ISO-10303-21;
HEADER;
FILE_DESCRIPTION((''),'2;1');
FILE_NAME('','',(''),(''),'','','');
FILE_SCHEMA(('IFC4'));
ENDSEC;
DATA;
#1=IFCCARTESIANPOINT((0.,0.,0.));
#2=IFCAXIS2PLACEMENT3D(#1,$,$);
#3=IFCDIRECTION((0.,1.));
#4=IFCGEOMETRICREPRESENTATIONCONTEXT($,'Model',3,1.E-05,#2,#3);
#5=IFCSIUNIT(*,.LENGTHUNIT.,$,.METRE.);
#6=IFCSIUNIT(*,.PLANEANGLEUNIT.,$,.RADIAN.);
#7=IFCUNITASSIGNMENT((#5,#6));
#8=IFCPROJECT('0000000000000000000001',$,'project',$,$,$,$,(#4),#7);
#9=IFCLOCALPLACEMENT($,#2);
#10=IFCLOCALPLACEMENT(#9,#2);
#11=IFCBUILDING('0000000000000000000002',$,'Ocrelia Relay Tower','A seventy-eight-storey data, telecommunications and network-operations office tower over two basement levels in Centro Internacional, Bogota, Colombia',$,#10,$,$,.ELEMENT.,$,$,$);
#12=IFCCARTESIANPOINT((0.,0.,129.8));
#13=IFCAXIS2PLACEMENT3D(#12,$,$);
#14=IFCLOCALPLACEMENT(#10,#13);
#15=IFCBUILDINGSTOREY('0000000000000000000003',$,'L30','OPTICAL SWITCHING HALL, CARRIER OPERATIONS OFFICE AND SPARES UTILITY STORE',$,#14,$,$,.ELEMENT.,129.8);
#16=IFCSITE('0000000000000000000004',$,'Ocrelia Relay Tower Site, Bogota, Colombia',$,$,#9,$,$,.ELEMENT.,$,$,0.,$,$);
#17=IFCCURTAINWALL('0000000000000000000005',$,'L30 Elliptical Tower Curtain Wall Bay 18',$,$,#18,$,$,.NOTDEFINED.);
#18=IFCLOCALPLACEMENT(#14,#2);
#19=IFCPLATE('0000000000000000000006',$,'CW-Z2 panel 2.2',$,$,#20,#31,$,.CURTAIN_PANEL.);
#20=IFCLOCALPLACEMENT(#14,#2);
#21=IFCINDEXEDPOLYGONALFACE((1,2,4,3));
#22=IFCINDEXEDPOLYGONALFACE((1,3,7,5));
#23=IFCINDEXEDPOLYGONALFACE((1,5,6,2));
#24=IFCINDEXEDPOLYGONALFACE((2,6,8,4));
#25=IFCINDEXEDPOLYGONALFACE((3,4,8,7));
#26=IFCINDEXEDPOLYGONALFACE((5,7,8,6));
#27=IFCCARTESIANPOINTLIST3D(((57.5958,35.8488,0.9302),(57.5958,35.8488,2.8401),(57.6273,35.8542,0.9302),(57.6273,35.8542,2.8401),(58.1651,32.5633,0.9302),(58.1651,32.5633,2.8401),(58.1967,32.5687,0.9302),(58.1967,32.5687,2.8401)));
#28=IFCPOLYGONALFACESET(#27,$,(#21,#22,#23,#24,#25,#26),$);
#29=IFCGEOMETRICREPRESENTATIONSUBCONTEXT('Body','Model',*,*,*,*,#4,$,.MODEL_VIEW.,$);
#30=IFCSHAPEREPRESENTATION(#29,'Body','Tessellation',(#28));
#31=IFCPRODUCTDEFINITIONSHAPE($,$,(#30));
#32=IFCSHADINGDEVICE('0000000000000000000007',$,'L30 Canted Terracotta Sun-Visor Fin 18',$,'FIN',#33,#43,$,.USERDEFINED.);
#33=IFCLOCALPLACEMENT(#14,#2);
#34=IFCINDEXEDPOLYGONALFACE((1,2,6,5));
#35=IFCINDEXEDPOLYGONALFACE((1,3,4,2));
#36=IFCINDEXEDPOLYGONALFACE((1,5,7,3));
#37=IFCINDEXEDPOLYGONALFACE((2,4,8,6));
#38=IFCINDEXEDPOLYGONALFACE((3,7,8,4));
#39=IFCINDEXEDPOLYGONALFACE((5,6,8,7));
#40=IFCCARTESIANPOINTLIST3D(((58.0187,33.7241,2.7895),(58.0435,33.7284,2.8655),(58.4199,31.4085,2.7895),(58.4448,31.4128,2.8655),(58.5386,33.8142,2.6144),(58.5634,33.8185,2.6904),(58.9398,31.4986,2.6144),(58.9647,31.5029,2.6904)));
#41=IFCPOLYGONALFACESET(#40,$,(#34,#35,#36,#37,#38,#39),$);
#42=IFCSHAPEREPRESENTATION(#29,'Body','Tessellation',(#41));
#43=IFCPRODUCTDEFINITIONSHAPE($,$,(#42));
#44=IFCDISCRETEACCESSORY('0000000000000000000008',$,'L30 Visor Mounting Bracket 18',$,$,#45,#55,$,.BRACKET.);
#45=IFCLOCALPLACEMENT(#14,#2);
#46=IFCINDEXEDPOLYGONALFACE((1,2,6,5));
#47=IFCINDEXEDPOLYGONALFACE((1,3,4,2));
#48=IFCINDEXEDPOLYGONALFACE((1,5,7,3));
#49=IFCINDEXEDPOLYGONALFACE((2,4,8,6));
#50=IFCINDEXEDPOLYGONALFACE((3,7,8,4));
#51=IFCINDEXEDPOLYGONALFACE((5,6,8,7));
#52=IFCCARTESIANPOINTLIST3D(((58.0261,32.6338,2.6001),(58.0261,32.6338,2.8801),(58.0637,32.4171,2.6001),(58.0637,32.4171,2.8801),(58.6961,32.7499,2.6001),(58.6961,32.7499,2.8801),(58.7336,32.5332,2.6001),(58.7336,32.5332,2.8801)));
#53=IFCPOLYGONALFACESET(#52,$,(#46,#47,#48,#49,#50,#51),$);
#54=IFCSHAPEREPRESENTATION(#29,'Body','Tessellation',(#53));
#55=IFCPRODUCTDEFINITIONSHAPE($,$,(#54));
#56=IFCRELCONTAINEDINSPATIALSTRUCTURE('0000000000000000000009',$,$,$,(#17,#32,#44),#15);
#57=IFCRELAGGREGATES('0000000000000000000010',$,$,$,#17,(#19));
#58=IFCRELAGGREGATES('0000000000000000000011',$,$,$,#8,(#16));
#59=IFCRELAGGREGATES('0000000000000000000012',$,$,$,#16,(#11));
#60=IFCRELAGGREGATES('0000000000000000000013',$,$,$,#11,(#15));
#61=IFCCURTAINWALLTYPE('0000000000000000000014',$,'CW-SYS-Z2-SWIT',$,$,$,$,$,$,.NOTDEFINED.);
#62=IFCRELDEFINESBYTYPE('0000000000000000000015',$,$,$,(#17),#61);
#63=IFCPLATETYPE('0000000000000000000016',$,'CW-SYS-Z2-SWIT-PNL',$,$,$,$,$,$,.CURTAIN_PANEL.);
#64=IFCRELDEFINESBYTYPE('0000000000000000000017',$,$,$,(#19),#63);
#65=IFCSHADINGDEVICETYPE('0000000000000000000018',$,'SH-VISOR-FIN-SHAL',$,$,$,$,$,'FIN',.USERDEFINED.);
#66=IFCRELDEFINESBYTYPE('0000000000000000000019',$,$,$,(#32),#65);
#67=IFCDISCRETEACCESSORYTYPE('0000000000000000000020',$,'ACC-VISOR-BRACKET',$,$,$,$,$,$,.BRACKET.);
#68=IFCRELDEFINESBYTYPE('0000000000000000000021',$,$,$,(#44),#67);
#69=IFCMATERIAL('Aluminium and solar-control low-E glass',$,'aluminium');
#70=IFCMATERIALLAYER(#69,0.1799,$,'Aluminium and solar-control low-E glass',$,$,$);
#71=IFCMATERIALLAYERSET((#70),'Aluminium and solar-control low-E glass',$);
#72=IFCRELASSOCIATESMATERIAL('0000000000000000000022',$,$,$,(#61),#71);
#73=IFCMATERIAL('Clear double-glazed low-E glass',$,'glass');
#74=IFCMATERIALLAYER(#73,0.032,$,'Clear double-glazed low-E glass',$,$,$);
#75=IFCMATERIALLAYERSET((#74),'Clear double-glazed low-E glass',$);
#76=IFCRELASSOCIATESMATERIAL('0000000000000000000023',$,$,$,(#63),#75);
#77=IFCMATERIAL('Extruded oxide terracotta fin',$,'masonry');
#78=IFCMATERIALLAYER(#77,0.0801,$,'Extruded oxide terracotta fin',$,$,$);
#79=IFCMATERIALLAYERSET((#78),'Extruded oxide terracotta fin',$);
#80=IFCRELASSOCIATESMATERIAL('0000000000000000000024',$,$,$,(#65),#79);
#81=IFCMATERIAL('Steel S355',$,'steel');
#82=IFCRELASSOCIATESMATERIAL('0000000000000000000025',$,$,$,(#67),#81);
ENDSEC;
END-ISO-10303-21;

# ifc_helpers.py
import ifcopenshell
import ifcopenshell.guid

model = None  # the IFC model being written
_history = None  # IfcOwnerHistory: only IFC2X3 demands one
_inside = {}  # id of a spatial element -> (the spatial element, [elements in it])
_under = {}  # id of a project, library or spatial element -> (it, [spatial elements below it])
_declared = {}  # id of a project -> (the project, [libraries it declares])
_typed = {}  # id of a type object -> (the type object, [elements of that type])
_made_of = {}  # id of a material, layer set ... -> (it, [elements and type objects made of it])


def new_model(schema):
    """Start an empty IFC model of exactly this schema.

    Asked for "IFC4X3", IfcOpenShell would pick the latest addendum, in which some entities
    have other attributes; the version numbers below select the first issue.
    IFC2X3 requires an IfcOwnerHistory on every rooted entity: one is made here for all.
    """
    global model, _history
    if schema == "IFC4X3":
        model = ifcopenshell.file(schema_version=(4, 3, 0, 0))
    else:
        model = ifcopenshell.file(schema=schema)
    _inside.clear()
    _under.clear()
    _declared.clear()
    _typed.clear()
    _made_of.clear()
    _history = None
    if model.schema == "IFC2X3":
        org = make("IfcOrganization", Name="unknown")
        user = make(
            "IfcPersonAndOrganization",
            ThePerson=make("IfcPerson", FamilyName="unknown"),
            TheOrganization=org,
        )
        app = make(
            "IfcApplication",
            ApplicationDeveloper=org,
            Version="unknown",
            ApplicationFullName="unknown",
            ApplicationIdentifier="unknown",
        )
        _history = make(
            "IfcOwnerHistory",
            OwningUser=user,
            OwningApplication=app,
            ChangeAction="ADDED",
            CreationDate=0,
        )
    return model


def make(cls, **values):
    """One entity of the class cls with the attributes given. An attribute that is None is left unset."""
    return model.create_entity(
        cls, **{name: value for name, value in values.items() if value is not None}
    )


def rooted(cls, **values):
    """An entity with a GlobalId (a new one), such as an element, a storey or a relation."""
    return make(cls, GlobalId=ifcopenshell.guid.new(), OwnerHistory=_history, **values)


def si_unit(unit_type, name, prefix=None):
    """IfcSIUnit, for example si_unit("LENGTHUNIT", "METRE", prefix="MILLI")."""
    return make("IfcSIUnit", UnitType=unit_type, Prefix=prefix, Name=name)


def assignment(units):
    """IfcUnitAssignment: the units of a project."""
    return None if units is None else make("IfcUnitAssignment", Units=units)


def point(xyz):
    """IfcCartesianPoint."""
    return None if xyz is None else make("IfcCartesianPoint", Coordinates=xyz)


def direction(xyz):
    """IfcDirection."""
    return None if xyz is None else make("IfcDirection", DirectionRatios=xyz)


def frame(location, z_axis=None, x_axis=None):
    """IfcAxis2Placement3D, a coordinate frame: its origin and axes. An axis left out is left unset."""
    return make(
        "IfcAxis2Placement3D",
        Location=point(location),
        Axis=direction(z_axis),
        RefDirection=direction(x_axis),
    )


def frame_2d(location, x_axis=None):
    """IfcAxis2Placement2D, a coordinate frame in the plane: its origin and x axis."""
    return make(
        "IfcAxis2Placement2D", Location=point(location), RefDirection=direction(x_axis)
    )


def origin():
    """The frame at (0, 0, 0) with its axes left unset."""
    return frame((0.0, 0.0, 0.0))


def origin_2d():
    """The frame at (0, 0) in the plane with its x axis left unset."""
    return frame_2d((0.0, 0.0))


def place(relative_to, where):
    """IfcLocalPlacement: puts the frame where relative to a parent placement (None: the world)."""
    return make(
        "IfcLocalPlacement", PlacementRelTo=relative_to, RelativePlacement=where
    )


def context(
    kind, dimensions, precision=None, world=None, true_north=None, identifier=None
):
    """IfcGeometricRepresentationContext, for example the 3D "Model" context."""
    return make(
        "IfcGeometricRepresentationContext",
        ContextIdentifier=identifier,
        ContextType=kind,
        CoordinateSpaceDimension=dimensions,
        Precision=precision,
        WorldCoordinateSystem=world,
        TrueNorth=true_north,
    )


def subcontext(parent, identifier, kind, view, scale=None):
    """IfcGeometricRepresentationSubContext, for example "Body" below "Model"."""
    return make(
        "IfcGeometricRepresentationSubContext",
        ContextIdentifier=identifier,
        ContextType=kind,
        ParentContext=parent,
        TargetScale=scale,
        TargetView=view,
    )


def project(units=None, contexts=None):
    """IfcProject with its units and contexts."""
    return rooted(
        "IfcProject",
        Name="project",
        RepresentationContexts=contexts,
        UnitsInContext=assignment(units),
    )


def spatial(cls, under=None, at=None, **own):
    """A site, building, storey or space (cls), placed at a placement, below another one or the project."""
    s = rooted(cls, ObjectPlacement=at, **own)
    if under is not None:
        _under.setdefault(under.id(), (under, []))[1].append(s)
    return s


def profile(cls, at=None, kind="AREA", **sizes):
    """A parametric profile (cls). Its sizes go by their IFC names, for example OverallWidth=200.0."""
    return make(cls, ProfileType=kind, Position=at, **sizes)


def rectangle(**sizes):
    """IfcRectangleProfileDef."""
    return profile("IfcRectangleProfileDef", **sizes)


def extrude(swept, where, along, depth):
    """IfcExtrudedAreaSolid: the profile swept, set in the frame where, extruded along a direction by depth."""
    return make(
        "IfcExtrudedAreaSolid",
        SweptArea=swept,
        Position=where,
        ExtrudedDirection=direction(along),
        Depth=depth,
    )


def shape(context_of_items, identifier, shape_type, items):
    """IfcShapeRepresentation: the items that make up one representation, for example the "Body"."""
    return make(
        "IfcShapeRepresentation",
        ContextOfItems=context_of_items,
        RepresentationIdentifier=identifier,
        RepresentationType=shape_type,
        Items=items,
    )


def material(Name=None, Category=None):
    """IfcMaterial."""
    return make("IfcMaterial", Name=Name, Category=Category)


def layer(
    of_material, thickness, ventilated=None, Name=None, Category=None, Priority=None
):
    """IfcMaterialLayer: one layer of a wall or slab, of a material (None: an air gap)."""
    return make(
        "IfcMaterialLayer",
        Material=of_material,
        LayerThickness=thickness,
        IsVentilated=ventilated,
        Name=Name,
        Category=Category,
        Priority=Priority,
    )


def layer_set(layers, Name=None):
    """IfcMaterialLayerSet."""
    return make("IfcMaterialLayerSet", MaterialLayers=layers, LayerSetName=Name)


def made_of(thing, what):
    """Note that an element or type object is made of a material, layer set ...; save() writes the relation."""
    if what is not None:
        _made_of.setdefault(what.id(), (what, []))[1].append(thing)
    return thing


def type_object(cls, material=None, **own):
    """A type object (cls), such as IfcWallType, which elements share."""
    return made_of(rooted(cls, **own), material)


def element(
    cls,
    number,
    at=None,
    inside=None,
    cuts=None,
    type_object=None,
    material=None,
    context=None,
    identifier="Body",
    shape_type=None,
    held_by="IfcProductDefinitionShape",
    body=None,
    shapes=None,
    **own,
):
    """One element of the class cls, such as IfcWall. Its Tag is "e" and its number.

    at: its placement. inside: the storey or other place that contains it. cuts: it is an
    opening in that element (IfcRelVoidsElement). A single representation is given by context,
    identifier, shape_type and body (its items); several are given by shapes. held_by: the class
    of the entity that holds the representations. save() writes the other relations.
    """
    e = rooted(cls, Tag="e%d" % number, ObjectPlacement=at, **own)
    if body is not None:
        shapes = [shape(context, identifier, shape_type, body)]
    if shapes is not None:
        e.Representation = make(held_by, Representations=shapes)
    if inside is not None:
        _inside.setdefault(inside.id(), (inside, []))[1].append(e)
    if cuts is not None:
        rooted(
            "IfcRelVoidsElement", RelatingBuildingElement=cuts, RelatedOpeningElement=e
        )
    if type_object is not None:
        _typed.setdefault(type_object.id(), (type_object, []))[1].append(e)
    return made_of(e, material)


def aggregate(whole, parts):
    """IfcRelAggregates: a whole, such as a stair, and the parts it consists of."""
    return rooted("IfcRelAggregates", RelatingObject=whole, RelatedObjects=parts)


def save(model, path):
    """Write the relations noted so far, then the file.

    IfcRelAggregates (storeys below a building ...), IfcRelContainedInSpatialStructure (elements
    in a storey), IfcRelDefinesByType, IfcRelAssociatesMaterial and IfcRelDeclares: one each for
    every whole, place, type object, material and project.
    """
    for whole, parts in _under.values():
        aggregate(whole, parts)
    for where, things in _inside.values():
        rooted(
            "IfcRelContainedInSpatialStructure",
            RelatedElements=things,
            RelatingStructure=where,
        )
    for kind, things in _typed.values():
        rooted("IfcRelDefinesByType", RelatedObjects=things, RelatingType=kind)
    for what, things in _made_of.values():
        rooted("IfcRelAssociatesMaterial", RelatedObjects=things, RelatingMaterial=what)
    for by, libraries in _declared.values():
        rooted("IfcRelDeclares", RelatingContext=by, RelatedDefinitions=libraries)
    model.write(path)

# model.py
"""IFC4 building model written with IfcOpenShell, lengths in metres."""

from ifc_helpers import new_model, si_unit, direction, frame, origin, origin_2d, place, context, subcontext, project, spatial, rectangle, extrude, material, layer, layer_set, type_object, element, aggregate, save


model = new_model("IFC4")

# Units and contexts
model_context = context("Model", 3, precision=1e-05, world=origin(), true_north=direction((0.0, 1.0)))
body_context = subcontext(model_context, "Body", "Model", "MODEL_VIEW")
ifc_project = project(units=[si_unit("LENGTHUNIT", "METRE"), si_unit("PLANEANGLEUNIT", "RADIAN")], contexts=[model_context])

# Site, building, storey
site_placement = place(None, origin())
site = spatial("IfcSite", under=ifc_project, at=site_placement, Name="Ocrelia Relay Tower Site, Bogota, Colombia", CompositionType="ELEMENT", RefElevation=0.0)
building_placement = place(site_placement, origin())
building = spatial("IfcBuilding", under=site, at=building_placement, Name="Ocrelia Relay Tower", Description="A seventy-eight-storey data, telecommunications and network-operations office tower over two basement levels in Centro Internacional, Bogota, Colombia", CompositionType="ELEMENT")
storey_placement = place(building_placement, frame((0.0, 0.0, 129.8)))
storey = spatial("IfcBuildingStorey", under=building, at=storey_placement, Name="L30", Description="OPTICAL SWITCHING HALL, CARRIER OPERATIONS OFFICE AND SPARES UTILITY STORE", CompositionType="ELEMENT", Elevation=129.8)

# Shared definitions
ifc_material_1 = material(Name="Steel S355", Category="steel")

# Shared definitions
ifc_material_2 = material(Name="Aluminium and solar-control low-E glass", Category="aluminium")
ifc_layer_1 = layer(ifc_material_2, 0.1799, Name="Aluminium and solar-control low-E glass")
ifc_layer_set_1 = layer_set([ifc_layer_1], Name="Aluminium and solar-control low-E glass")
curtain_wall_type = type_object("IfcCurtainWallType", Name="CW-SYS-Z2-SWIT", PredefinedType="NOTDEFINED", material=ifc_layer_set_1)

# Curtain wall, plate
curtain_wall_1_placement = place(storey_placement, origin())
curtain_wall_1 = element("IfcCurtainWall", 1, at=curtain_wall_1_placement, inside=storey, type_object=curtain_wall_type, Name="L30 Elliptical Tower Curtain Wall Bay 18", PredefinedType="NOTDEFINED")
ifc_material_3 = material(Name="Clear double-glazed low-E glass", Category="glass")
ifc_layer_2 = layer(ifc_material_3, 0.032, Name="Clear double-glazed low-E glass")
ifc_layer_set_2 = layer_set([ifc_layer_2], Name="Clear double-glazed low-E glass")
plate_type = type_object("IfcPlateType", Name="CW-SYS-Z2-SWIT-PNL", PredefinedType="CURTAIN_PANEL", material=ifc_layer_set_2)
plate_1_placement = place(storey_placement, frame((57.8962, 34.2087, 0.9302), z_axis=(0.0, 0.0, 1.0), x_axis=(-0.170734, 0.985317, 0.0)))
plate_1 = element("IfcPlate", 2, at=plate_1_placement, type_object=plate_type, Name="CW-Z2 panel 2.2", PredefinedType="CURTAIN_PANEL", context=body_context, shape_type="SweptSolid", body=[
    extrude(rectangle(XDim=3.3345, YDim=0.032, at=origin_2d()), origin(), (0.0, 0.0, 1.0), 1.9099),
])
aggregate(curtain_wall_1, [plate_1])

# Shading device
ifc_material_4 = material(Name="Extruded oxide terracotta fin", Category="masonry")
ifc_layer_3 = layer(ifc_material_4, 0.0801, Name="Extruded oxide terracotta fin")
ifc_layer_set_3 = layer_set([ifc_layer_3], Name="Extruded oxide terracotta fin")
shading_device_type = type_object("IfcShadingDeviceType", Name="SH-VISOR-FIN-SHAL", ElementType="FIN", PredefinedType="USERDEFINED", material=ifc_layer_set_3)
shading_device_placement = place(storey_placement, frame((58.4792, 32.6113, 2.7019), z_axis=(0.310362, 0.053779, 0.949096), x_axis=(-0.170734, 0.985317, 0.0)))
element("IfcShadingDevice", 3, at=shading_device_placement, inside=storey, type_object=shading_device_type, Name="L30 Canted Terracotta Sun-Visor Fin 18", ObjectType="FIN", PredefinedType="USERDEFINED", context=body_context, shape_type="SweptSolid", body=[
    extrude(rectangle(XDim=2.3501, YDim=0.5559, at=origin_2d()), origin(), (0.0, 0.0, 1.0), 0.0801),
])

# Discrete accessory
discrete_accessory_type = type_object("IfcDiscreteAccessoryType", Name="ACC-VISOR-BRACKET", PredefinedType="BRACKET", material=ifc_material_1)
discrete_accessory_placement = place(storey_placement, frame((58.3799, 32.5835, 2.6001), z_axis=(0.0, 0.0, 1.0), x_axis=(-0.170734, 0.985317, 0.0)))
element("IfcDiscreteAccessory", 4, at=discrete_accessory_placement, inside=storey, type_object=discrete_accessory_type, Name="L30 Visor Mounting Bracket 18", PredefinedType="BRACKET", context=body_context, shape_type="SweptSolid", body=[
    extrude(rectangle(XDim=0.22, YDim=0.6799, at=origin_2d()), origin(), (0.0, 0.0, 1.0), 0.28),
])

save(model, "model.ifc")
